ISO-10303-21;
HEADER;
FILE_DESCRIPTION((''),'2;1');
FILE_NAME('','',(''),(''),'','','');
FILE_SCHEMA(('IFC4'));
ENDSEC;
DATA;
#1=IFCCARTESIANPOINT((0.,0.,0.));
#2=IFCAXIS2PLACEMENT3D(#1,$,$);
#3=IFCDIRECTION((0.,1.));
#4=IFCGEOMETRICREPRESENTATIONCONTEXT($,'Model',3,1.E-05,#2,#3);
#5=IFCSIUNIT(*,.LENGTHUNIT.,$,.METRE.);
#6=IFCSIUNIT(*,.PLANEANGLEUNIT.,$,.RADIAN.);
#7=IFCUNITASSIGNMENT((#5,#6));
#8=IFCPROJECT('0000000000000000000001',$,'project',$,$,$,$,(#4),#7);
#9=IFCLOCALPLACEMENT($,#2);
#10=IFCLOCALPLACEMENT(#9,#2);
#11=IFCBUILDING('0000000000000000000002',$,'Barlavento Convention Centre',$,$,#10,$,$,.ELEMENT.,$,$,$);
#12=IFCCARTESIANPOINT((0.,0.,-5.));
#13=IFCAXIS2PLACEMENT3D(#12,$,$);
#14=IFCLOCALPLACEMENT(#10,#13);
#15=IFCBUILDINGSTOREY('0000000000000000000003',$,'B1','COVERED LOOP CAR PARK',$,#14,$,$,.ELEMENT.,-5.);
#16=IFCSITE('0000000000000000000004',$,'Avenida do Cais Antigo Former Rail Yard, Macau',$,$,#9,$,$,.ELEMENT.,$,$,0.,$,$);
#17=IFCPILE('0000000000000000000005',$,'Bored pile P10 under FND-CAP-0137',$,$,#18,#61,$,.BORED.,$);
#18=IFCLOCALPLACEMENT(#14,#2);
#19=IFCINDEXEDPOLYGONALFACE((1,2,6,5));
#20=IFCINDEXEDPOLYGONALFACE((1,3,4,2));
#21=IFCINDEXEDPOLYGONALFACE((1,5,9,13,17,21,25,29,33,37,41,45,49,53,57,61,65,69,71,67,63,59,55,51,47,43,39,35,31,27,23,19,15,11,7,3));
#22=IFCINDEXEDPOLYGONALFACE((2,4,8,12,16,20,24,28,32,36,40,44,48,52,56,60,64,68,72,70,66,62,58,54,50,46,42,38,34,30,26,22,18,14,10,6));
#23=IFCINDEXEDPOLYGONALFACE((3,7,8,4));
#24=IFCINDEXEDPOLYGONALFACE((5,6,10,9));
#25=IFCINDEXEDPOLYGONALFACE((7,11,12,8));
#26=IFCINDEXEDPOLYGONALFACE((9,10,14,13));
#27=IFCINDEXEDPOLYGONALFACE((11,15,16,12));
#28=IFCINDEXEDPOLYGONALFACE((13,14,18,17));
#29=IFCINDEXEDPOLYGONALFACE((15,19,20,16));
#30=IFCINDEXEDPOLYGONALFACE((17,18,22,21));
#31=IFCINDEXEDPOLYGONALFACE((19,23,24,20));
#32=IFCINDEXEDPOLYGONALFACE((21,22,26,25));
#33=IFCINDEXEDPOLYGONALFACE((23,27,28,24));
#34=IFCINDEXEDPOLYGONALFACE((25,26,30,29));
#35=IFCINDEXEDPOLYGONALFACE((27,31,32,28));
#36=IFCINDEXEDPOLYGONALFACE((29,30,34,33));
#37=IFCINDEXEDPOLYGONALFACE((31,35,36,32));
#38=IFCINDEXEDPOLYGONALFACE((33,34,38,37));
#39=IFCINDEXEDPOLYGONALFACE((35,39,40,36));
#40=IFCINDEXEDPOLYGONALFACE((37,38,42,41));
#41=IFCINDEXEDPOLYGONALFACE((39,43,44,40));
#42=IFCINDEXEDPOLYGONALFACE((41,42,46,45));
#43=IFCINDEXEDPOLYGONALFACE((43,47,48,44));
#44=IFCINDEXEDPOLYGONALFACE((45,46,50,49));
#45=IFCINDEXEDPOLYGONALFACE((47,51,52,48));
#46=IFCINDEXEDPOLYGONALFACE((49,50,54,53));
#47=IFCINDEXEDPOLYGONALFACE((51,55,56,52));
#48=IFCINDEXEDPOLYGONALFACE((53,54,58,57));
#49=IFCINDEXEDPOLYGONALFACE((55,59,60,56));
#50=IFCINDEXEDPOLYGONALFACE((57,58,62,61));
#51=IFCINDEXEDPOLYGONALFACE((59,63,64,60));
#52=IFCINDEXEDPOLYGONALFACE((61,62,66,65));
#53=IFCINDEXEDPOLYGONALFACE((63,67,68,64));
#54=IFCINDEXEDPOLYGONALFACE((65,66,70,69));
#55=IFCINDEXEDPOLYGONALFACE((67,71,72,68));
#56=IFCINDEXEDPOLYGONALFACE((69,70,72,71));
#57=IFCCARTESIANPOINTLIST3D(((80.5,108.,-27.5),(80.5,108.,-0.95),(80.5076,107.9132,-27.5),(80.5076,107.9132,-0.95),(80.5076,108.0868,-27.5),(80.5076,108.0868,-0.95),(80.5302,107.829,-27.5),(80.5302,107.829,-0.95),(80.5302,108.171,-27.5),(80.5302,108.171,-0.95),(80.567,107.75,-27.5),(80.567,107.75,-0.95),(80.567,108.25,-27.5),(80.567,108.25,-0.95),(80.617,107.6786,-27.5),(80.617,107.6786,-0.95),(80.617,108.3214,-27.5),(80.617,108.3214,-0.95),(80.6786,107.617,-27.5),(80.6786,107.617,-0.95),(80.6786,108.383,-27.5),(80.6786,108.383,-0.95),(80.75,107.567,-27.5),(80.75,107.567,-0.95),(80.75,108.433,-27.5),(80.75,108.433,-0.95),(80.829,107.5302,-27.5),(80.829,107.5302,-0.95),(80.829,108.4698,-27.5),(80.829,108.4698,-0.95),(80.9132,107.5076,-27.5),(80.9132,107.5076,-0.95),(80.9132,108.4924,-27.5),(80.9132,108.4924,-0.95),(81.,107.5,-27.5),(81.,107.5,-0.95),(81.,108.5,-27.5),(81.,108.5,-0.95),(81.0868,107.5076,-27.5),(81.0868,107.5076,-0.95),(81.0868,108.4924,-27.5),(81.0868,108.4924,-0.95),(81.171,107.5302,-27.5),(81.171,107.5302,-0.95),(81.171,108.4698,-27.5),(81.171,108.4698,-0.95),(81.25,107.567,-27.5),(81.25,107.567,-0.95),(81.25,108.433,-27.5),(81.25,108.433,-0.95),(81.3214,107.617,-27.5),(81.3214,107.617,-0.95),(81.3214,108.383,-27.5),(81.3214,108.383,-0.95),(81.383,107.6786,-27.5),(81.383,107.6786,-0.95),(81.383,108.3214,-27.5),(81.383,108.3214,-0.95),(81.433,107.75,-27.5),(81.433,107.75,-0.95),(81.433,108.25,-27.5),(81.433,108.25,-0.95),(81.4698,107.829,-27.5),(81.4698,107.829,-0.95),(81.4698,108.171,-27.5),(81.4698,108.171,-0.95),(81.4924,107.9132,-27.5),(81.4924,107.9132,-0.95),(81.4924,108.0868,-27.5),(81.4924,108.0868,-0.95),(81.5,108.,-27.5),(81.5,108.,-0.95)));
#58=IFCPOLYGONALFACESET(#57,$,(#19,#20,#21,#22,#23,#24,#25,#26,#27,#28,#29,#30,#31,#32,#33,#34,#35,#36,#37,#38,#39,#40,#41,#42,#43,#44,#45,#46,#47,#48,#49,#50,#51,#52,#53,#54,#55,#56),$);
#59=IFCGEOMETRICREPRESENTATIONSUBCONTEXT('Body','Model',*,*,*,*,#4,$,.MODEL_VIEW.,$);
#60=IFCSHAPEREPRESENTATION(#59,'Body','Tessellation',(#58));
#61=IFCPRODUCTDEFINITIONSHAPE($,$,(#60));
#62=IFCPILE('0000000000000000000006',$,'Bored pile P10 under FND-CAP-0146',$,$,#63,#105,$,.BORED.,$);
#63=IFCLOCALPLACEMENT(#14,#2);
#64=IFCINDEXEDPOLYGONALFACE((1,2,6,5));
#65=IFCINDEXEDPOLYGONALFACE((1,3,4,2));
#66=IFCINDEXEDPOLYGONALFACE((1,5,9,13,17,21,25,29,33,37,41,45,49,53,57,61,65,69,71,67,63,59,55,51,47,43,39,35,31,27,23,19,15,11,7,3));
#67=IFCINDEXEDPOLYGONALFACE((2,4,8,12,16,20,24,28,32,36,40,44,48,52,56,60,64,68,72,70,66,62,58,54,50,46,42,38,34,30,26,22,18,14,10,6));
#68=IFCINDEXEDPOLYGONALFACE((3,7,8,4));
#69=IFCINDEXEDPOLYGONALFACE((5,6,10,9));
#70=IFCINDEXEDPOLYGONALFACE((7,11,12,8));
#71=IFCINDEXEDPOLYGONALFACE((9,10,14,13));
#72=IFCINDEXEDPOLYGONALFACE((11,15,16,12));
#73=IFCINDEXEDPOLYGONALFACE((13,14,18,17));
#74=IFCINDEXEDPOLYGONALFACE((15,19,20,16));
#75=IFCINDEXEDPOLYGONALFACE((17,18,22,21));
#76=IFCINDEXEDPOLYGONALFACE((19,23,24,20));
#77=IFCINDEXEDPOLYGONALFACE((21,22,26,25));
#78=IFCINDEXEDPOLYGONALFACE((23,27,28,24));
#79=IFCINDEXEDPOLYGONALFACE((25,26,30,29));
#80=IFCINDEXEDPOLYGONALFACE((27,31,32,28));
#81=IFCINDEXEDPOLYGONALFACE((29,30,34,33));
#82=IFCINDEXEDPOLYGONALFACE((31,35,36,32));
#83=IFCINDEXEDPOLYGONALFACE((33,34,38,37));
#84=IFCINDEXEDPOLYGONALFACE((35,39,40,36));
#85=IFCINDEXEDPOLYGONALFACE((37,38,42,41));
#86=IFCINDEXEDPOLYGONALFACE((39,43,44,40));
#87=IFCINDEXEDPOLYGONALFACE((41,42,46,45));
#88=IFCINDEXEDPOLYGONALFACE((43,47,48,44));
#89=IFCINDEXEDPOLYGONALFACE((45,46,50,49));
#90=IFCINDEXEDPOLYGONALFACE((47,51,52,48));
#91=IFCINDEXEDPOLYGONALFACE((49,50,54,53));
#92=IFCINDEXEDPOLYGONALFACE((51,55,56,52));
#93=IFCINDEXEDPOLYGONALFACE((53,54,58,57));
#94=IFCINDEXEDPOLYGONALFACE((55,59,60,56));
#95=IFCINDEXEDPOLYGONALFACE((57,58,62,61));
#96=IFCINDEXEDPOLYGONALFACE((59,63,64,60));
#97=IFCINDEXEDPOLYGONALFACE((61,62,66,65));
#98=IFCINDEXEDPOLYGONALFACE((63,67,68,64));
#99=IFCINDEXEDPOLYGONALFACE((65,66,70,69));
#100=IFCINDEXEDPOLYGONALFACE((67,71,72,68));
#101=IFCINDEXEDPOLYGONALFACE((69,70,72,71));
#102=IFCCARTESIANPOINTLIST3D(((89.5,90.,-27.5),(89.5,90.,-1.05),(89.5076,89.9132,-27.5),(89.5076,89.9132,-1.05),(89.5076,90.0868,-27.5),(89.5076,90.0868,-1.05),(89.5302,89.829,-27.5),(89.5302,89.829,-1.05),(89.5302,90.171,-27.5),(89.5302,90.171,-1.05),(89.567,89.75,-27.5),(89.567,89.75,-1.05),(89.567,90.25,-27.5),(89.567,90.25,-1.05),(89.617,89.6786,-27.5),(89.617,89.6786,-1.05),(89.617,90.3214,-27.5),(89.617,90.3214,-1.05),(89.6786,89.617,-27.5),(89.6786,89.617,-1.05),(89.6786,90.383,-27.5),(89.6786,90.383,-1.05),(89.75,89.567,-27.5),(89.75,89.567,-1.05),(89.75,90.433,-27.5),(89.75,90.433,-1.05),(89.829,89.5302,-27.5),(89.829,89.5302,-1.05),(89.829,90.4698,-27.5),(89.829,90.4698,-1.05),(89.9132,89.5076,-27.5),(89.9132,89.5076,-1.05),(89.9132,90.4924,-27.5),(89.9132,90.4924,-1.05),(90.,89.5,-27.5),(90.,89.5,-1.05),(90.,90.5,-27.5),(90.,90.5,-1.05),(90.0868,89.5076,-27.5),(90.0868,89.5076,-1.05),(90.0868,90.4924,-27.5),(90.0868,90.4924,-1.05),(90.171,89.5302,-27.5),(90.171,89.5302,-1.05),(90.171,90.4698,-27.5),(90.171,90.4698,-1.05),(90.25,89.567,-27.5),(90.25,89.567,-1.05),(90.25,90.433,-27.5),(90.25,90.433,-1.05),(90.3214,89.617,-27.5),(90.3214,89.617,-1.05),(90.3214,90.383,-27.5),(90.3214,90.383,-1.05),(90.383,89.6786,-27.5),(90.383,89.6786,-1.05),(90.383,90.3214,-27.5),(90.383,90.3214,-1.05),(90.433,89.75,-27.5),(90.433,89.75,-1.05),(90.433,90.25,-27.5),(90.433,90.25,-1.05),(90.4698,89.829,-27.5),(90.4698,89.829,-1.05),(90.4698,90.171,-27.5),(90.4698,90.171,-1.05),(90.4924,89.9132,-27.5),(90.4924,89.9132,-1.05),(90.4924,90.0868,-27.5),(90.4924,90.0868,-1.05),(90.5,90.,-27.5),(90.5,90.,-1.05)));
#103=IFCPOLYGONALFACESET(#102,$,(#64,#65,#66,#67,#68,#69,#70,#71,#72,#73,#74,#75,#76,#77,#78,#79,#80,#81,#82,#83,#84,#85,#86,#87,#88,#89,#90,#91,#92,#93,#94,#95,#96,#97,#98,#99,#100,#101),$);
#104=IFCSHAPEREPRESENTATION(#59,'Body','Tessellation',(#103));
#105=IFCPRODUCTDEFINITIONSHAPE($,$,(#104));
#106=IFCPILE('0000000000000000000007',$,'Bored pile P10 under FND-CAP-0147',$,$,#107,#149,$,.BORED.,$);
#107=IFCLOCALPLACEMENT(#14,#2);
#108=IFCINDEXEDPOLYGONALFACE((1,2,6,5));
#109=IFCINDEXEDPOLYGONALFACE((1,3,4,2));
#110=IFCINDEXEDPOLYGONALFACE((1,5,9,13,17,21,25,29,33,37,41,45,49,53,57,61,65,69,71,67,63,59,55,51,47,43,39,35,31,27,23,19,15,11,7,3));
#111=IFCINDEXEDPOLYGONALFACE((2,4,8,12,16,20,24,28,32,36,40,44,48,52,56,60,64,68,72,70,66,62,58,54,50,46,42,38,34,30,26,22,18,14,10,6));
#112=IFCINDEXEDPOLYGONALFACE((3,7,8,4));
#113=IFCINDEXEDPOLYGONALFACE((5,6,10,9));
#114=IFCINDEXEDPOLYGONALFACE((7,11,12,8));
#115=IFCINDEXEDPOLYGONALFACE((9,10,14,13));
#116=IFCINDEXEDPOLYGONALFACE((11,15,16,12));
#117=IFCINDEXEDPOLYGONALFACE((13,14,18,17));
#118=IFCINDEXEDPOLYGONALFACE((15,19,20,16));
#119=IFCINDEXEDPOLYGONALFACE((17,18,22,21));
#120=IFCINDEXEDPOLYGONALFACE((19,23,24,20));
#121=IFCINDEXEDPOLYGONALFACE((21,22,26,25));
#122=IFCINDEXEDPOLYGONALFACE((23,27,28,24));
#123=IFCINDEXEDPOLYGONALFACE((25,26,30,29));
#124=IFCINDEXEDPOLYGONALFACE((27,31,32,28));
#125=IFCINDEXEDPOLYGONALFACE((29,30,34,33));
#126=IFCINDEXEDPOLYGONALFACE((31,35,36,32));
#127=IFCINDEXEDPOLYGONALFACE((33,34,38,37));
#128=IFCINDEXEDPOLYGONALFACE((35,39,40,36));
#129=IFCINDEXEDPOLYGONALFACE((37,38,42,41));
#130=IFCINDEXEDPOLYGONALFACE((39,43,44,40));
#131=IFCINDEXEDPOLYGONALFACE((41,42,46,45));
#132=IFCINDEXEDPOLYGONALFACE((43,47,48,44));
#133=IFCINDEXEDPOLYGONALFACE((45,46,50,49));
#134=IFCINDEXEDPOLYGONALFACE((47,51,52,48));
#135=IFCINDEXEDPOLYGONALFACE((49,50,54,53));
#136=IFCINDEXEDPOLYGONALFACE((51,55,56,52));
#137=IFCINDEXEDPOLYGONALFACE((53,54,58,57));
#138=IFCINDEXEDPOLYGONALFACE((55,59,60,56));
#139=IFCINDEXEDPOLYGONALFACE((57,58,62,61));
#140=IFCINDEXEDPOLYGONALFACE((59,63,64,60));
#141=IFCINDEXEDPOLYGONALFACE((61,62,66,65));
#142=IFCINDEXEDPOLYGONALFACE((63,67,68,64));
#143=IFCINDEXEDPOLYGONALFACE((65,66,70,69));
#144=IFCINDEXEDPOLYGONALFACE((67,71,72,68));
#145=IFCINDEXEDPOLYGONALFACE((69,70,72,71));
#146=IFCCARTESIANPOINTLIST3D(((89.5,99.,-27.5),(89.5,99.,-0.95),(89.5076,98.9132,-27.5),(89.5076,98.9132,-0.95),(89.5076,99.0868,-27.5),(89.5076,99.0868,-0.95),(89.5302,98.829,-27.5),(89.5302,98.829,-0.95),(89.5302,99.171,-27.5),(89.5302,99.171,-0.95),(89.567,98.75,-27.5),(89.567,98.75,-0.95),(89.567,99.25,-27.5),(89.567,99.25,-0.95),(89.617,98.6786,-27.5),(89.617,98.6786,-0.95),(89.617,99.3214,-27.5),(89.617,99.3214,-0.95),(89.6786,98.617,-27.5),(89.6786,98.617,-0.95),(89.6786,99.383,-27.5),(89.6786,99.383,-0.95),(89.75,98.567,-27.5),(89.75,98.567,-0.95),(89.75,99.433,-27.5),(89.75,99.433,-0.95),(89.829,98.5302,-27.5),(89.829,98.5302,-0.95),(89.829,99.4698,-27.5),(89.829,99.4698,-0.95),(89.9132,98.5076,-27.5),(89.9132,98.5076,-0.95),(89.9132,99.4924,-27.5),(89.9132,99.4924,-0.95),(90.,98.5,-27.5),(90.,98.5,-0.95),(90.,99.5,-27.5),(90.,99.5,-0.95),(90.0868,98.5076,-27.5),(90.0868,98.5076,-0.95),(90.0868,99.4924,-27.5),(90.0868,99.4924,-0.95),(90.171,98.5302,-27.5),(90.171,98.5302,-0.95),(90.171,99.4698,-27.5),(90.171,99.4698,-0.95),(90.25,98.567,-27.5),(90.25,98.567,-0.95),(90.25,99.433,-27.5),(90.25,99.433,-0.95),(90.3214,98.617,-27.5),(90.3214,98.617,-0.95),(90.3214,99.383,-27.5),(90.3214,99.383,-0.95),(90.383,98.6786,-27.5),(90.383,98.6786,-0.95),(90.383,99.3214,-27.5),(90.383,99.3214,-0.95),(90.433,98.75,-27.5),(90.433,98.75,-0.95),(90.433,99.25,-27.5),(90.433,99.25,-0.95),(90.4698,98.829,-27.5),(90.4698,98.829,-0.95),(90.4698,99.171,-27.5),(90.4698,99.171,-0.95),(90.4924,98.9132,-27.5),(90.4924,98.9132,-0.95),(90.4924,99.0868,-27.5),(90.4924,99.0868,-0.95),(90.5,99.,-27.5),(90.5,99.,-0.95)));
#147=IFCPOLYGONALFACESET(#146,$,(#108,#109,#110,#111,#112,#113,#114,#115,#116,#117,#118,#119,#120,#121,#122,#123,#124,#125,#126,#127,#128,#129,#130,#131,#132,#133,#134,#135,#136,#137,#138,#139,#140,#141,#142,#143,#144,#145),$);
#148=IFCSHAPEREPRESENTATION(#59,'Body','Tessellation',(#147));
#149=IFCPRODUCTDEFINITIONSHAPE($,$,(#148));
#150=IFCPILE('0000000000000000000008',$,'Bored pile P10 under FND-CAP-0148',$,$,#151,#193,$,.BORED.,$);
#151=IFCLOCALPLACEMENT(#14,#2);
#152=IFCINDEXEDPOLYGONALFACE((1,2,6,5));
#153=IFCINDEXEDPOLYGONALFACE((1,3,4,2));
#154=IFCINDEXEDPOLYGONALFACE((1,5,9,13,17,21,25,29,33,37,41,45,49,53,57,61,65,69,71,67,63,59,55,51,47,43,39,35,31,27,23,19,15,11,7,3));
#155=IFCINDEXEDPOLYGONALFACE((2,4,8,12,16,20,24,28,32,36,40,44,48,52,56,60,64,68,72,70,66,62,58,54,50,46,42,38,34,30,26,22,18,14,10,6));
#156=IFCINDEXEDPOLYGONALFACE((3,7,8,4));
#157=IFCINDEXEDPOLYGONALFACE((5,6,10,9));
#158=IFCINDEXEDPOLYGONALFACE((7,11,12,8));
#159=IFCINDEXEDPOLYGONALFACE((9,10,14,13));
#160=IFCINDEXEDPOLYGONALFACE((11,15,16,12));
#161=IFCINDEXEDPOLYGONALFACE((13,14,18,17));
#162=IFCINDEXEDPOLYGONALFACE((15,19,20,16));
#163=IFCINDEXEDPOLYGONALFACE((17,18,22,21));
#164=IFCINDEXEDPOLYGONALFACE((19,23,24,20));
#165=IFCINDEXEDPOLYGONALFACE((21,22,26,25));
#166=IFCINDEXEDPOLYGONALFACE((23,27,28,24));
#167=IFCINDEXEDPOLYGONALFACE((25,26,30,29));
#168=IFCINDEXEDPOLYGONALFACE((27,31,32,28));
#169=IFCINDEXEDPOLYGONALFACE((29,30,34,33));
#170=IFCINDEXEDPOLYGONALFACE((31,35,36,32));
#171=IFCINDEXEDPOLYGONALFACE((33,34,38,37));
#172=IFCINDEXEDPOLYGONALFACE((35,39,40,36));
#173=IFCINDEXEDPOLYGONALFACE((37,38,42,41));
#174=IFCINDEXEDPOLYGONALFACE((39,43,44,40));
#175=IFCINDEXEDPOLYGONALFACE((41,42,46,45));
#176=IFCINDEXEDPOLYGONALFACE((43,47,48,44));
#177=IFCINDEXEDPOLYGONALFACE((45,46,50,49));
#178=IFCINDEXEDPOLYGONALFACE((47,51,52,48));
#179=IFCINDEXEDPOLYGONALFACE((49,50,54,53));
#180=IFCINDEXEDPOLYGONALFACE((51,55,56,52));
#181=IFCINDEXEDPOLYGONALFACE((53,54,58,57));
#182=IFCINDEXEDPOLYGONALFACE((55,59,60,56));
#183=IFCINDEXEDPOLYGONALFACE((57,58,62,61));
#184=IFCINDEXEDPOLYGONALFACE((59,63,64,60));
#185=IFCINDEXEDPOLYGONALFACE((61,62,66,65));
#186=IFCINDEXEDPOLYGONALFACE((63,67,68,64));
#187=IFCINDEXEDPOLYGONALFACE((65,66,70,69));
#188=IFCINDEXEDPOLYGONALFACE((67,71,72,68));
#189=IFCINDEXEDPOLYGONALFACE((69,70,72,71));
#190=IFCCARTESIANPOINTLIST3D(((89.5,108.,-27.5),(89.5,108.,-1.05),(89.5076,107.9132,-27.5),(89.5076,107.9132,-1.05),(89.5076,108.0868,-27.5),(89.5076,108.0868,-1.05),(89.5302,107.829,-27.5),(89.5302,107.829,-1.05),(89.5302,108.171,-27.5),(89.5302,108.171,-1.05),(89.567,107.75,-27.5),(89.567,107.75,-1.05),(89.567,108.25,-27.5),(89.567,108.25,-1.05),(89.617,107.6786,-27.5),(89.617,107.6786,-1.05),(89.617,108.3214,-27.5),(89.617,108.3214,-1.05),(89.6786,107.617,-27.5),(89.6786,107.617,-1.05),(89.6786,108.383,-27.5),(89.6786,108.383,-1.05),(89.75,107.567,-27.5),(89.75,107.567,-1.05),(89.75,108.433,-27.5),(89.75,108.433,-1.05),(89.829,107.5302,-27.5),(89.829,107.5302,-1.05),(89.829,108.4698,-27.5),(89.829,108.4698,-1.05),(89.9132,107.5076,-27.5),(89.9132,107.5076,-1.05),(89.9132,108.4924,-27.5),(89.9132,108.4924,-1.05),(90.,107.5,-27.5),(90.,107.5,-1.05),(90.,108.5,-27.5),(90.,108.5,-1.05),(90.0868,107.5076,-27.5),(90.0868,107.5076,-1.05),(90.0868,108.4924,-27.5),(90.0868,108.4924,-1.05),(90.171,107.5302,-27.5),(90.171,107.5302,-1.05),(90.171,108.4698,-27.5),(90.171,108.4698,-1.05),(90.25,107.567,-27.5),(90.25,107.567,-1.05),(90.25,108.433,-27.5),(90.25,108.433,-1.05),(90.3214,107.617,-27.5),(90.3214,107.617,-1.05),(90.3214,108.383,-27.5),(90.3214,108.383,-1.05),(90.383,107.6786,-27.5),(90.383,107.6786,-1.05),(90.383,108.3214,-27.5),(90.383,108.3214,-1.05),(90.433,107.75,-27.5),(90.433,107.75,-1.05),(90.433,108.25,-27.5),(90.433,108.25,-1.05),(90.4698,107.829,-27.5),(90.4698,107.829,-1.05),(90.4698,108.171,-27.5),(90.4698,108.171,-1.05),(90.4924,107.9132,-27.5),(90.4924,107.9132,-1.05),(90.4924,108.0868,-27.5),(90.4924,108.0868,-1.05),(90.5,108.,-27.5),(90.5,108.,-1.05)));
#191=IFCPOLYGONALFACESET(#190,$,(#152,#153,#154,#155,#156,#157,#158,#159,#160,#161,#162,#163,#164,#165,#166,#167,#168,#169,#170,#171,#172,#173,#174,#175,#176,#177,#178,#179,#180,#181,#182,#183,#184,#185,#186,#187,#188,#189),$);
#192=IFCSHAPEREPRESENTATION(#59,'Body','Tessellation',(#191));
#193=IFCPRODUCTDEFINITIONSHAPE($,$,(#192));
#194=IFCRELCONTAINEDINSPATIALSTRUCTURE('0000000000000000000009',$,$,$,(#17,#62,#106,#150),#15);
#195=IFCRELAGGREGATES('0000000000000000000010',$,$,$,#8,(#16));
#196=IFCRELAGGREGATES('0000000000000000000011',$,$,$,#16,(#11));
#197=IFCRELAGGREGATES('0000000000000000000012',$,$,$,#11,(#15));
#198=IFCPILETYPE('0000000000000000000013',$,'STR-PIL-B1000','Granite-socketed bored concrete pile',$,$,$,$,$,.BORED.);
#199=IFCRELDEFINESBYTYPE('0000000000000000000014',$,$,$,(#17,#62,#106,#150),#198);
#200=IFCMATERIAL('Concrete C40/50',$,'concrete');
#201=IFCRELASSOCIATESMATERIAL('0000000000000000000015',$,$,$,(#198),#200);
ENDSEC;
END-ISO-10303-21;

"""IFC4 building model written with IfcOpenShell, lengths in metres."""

from ifc_helpers import new_model, si_unit, direction, frame, origin, origin_2d, place, context, subcontext, project, spatial, circle, extrude, material, material_profile, profile_set, type_object, element, save


model = new_model("IFC4")

# Units and contexts
model_context = context("Model", 3, precision=1e-05, world=origin(), true_north=direction((0.0, 1.0)))
body_context = subcontext(model_context, "Body", "Model", "MODEL_VIEW")
ifc_project = project(units=[si_unit("LENGTHUNIT", "METRE"), si_unit("PLANEANGLEUNIT", "RADIAN")], contexts=[model_context])

# Site, building, storey
site_placement = place(None, origin())
site = spatial("IfcSite", under=ifc_project, at=site_placement, Name="Avenida do Cais Antigo Former Rail Yard, Macau", CompositionType="ELEMENT", RefElevation=0.0)
building_placement = place(site_placement, origin())
building = spatial("IfcBuilding", under=site, at=building_placement, Name="Barlavento Convention Centre", CompositionType="ELEMENT")
storey_placement = place(building_placement, frame((0.0, 0.0, -5.0)))
storey = spatial("IfcBuildingStorey", under=building, at=storey_placement, Name="B1", Description="COVERED LOOP CAR PARK", CompositionType="ELEMENT", Elevation=-5.0)

# Shared definitions
ifc_material_1 = material(Name="Concrete C40/50", Category="concrete")

# Piles
ifc_material_profile_1 = material_profile(ifc_material_1, circle(Radius=0.5, at=origin_2d()), Name="BORED PILE 1000")
ifc_profile_set_1 = profile_set([ifc_material_profile_1], Name="Concrete C40/50")
pile_type_1 = type_object("IfcPileType", Name="STR-PIL-B1000", Description="Granite-socketed bored concrete pile", PredefinedType="BORED", material=ifc_profile_set_1)
pile_1_placement = place(storey_placement, frame((81.0, 108.0, -0.95), z_axis=(0.0, 0.0, -1.0), x_axis=(1.0, 0.0, 0.0)))
element("IfcPile", 1, at=pile_1_placement, inside=storey, type_object=pile_type_1, Name="Bored pile P10 under FND-CAP-0137", PredefinedType="BORED", context=body_context, shape_type="SweptSolid", body=[
    extrude(circle(Radius=0.5, at=origin_2d()), origin(), (0.0, 0.0, 1.0), 26.55),
])
pile_2_placement = place(storey_placement, frame((90.0, 90.0, -1.05), z_axis=(0.0, 0.0, -1.0), x_axis=(1.0, 0.0, 0.0)))
element("IfcPile", 2, at=pile_2_placement, inside=storey, type_object=pile_type_1, Name="Bored pile P10 under FND-CAP-0146", PredefinedType="BORED", context=body_context, shape_type="SweptSolid", body=[
    extrude(circle(Radius=0.5, at=origin_2d()), origin(), (0.0, 0.0, 1.0), 26.45),
])
pile_3_placement = place(storey_placement, frame((90.0, 99.0, -0.95), z_axis=(0.0, 0.0, -1.0), x_axis=(1.0, 0.0, 0.0)))
element("IfcPile", 3, at=pile_3_placement, inside=storey, type_object=pile_type_1, Name="Bored pile P10 under FND-CAP-0147", PredefinedType="BORED", context=body_context, shape_type="SweptSolid", body=[
    extrude(circle(Radius=0.5, at=origin_2d()), origin(), (0.0, 0.0, 1.0), 26.55),
])
pile_4_placement = place(storey_placement, frame((90.0, 108.0, -1.05), z_axis=(0.0, 0.0, -1.0), x_axis=(1.0, 0.0, 0.0)))
element("IfcPile", 4, at=pile_4_placement, inside=storey, type_object=pile_type_1, Name="Bored pile P10 under FND-CAP-0148", PredefinedType="BORED", context=body_context, shape_type="SweptSolid", body=[
    extrude(circle(Radius=0.5, at=origin_2d()), origin(), (0.0, 0.0, 1.0), 26.45),
])

save(model, "model.ifc")
